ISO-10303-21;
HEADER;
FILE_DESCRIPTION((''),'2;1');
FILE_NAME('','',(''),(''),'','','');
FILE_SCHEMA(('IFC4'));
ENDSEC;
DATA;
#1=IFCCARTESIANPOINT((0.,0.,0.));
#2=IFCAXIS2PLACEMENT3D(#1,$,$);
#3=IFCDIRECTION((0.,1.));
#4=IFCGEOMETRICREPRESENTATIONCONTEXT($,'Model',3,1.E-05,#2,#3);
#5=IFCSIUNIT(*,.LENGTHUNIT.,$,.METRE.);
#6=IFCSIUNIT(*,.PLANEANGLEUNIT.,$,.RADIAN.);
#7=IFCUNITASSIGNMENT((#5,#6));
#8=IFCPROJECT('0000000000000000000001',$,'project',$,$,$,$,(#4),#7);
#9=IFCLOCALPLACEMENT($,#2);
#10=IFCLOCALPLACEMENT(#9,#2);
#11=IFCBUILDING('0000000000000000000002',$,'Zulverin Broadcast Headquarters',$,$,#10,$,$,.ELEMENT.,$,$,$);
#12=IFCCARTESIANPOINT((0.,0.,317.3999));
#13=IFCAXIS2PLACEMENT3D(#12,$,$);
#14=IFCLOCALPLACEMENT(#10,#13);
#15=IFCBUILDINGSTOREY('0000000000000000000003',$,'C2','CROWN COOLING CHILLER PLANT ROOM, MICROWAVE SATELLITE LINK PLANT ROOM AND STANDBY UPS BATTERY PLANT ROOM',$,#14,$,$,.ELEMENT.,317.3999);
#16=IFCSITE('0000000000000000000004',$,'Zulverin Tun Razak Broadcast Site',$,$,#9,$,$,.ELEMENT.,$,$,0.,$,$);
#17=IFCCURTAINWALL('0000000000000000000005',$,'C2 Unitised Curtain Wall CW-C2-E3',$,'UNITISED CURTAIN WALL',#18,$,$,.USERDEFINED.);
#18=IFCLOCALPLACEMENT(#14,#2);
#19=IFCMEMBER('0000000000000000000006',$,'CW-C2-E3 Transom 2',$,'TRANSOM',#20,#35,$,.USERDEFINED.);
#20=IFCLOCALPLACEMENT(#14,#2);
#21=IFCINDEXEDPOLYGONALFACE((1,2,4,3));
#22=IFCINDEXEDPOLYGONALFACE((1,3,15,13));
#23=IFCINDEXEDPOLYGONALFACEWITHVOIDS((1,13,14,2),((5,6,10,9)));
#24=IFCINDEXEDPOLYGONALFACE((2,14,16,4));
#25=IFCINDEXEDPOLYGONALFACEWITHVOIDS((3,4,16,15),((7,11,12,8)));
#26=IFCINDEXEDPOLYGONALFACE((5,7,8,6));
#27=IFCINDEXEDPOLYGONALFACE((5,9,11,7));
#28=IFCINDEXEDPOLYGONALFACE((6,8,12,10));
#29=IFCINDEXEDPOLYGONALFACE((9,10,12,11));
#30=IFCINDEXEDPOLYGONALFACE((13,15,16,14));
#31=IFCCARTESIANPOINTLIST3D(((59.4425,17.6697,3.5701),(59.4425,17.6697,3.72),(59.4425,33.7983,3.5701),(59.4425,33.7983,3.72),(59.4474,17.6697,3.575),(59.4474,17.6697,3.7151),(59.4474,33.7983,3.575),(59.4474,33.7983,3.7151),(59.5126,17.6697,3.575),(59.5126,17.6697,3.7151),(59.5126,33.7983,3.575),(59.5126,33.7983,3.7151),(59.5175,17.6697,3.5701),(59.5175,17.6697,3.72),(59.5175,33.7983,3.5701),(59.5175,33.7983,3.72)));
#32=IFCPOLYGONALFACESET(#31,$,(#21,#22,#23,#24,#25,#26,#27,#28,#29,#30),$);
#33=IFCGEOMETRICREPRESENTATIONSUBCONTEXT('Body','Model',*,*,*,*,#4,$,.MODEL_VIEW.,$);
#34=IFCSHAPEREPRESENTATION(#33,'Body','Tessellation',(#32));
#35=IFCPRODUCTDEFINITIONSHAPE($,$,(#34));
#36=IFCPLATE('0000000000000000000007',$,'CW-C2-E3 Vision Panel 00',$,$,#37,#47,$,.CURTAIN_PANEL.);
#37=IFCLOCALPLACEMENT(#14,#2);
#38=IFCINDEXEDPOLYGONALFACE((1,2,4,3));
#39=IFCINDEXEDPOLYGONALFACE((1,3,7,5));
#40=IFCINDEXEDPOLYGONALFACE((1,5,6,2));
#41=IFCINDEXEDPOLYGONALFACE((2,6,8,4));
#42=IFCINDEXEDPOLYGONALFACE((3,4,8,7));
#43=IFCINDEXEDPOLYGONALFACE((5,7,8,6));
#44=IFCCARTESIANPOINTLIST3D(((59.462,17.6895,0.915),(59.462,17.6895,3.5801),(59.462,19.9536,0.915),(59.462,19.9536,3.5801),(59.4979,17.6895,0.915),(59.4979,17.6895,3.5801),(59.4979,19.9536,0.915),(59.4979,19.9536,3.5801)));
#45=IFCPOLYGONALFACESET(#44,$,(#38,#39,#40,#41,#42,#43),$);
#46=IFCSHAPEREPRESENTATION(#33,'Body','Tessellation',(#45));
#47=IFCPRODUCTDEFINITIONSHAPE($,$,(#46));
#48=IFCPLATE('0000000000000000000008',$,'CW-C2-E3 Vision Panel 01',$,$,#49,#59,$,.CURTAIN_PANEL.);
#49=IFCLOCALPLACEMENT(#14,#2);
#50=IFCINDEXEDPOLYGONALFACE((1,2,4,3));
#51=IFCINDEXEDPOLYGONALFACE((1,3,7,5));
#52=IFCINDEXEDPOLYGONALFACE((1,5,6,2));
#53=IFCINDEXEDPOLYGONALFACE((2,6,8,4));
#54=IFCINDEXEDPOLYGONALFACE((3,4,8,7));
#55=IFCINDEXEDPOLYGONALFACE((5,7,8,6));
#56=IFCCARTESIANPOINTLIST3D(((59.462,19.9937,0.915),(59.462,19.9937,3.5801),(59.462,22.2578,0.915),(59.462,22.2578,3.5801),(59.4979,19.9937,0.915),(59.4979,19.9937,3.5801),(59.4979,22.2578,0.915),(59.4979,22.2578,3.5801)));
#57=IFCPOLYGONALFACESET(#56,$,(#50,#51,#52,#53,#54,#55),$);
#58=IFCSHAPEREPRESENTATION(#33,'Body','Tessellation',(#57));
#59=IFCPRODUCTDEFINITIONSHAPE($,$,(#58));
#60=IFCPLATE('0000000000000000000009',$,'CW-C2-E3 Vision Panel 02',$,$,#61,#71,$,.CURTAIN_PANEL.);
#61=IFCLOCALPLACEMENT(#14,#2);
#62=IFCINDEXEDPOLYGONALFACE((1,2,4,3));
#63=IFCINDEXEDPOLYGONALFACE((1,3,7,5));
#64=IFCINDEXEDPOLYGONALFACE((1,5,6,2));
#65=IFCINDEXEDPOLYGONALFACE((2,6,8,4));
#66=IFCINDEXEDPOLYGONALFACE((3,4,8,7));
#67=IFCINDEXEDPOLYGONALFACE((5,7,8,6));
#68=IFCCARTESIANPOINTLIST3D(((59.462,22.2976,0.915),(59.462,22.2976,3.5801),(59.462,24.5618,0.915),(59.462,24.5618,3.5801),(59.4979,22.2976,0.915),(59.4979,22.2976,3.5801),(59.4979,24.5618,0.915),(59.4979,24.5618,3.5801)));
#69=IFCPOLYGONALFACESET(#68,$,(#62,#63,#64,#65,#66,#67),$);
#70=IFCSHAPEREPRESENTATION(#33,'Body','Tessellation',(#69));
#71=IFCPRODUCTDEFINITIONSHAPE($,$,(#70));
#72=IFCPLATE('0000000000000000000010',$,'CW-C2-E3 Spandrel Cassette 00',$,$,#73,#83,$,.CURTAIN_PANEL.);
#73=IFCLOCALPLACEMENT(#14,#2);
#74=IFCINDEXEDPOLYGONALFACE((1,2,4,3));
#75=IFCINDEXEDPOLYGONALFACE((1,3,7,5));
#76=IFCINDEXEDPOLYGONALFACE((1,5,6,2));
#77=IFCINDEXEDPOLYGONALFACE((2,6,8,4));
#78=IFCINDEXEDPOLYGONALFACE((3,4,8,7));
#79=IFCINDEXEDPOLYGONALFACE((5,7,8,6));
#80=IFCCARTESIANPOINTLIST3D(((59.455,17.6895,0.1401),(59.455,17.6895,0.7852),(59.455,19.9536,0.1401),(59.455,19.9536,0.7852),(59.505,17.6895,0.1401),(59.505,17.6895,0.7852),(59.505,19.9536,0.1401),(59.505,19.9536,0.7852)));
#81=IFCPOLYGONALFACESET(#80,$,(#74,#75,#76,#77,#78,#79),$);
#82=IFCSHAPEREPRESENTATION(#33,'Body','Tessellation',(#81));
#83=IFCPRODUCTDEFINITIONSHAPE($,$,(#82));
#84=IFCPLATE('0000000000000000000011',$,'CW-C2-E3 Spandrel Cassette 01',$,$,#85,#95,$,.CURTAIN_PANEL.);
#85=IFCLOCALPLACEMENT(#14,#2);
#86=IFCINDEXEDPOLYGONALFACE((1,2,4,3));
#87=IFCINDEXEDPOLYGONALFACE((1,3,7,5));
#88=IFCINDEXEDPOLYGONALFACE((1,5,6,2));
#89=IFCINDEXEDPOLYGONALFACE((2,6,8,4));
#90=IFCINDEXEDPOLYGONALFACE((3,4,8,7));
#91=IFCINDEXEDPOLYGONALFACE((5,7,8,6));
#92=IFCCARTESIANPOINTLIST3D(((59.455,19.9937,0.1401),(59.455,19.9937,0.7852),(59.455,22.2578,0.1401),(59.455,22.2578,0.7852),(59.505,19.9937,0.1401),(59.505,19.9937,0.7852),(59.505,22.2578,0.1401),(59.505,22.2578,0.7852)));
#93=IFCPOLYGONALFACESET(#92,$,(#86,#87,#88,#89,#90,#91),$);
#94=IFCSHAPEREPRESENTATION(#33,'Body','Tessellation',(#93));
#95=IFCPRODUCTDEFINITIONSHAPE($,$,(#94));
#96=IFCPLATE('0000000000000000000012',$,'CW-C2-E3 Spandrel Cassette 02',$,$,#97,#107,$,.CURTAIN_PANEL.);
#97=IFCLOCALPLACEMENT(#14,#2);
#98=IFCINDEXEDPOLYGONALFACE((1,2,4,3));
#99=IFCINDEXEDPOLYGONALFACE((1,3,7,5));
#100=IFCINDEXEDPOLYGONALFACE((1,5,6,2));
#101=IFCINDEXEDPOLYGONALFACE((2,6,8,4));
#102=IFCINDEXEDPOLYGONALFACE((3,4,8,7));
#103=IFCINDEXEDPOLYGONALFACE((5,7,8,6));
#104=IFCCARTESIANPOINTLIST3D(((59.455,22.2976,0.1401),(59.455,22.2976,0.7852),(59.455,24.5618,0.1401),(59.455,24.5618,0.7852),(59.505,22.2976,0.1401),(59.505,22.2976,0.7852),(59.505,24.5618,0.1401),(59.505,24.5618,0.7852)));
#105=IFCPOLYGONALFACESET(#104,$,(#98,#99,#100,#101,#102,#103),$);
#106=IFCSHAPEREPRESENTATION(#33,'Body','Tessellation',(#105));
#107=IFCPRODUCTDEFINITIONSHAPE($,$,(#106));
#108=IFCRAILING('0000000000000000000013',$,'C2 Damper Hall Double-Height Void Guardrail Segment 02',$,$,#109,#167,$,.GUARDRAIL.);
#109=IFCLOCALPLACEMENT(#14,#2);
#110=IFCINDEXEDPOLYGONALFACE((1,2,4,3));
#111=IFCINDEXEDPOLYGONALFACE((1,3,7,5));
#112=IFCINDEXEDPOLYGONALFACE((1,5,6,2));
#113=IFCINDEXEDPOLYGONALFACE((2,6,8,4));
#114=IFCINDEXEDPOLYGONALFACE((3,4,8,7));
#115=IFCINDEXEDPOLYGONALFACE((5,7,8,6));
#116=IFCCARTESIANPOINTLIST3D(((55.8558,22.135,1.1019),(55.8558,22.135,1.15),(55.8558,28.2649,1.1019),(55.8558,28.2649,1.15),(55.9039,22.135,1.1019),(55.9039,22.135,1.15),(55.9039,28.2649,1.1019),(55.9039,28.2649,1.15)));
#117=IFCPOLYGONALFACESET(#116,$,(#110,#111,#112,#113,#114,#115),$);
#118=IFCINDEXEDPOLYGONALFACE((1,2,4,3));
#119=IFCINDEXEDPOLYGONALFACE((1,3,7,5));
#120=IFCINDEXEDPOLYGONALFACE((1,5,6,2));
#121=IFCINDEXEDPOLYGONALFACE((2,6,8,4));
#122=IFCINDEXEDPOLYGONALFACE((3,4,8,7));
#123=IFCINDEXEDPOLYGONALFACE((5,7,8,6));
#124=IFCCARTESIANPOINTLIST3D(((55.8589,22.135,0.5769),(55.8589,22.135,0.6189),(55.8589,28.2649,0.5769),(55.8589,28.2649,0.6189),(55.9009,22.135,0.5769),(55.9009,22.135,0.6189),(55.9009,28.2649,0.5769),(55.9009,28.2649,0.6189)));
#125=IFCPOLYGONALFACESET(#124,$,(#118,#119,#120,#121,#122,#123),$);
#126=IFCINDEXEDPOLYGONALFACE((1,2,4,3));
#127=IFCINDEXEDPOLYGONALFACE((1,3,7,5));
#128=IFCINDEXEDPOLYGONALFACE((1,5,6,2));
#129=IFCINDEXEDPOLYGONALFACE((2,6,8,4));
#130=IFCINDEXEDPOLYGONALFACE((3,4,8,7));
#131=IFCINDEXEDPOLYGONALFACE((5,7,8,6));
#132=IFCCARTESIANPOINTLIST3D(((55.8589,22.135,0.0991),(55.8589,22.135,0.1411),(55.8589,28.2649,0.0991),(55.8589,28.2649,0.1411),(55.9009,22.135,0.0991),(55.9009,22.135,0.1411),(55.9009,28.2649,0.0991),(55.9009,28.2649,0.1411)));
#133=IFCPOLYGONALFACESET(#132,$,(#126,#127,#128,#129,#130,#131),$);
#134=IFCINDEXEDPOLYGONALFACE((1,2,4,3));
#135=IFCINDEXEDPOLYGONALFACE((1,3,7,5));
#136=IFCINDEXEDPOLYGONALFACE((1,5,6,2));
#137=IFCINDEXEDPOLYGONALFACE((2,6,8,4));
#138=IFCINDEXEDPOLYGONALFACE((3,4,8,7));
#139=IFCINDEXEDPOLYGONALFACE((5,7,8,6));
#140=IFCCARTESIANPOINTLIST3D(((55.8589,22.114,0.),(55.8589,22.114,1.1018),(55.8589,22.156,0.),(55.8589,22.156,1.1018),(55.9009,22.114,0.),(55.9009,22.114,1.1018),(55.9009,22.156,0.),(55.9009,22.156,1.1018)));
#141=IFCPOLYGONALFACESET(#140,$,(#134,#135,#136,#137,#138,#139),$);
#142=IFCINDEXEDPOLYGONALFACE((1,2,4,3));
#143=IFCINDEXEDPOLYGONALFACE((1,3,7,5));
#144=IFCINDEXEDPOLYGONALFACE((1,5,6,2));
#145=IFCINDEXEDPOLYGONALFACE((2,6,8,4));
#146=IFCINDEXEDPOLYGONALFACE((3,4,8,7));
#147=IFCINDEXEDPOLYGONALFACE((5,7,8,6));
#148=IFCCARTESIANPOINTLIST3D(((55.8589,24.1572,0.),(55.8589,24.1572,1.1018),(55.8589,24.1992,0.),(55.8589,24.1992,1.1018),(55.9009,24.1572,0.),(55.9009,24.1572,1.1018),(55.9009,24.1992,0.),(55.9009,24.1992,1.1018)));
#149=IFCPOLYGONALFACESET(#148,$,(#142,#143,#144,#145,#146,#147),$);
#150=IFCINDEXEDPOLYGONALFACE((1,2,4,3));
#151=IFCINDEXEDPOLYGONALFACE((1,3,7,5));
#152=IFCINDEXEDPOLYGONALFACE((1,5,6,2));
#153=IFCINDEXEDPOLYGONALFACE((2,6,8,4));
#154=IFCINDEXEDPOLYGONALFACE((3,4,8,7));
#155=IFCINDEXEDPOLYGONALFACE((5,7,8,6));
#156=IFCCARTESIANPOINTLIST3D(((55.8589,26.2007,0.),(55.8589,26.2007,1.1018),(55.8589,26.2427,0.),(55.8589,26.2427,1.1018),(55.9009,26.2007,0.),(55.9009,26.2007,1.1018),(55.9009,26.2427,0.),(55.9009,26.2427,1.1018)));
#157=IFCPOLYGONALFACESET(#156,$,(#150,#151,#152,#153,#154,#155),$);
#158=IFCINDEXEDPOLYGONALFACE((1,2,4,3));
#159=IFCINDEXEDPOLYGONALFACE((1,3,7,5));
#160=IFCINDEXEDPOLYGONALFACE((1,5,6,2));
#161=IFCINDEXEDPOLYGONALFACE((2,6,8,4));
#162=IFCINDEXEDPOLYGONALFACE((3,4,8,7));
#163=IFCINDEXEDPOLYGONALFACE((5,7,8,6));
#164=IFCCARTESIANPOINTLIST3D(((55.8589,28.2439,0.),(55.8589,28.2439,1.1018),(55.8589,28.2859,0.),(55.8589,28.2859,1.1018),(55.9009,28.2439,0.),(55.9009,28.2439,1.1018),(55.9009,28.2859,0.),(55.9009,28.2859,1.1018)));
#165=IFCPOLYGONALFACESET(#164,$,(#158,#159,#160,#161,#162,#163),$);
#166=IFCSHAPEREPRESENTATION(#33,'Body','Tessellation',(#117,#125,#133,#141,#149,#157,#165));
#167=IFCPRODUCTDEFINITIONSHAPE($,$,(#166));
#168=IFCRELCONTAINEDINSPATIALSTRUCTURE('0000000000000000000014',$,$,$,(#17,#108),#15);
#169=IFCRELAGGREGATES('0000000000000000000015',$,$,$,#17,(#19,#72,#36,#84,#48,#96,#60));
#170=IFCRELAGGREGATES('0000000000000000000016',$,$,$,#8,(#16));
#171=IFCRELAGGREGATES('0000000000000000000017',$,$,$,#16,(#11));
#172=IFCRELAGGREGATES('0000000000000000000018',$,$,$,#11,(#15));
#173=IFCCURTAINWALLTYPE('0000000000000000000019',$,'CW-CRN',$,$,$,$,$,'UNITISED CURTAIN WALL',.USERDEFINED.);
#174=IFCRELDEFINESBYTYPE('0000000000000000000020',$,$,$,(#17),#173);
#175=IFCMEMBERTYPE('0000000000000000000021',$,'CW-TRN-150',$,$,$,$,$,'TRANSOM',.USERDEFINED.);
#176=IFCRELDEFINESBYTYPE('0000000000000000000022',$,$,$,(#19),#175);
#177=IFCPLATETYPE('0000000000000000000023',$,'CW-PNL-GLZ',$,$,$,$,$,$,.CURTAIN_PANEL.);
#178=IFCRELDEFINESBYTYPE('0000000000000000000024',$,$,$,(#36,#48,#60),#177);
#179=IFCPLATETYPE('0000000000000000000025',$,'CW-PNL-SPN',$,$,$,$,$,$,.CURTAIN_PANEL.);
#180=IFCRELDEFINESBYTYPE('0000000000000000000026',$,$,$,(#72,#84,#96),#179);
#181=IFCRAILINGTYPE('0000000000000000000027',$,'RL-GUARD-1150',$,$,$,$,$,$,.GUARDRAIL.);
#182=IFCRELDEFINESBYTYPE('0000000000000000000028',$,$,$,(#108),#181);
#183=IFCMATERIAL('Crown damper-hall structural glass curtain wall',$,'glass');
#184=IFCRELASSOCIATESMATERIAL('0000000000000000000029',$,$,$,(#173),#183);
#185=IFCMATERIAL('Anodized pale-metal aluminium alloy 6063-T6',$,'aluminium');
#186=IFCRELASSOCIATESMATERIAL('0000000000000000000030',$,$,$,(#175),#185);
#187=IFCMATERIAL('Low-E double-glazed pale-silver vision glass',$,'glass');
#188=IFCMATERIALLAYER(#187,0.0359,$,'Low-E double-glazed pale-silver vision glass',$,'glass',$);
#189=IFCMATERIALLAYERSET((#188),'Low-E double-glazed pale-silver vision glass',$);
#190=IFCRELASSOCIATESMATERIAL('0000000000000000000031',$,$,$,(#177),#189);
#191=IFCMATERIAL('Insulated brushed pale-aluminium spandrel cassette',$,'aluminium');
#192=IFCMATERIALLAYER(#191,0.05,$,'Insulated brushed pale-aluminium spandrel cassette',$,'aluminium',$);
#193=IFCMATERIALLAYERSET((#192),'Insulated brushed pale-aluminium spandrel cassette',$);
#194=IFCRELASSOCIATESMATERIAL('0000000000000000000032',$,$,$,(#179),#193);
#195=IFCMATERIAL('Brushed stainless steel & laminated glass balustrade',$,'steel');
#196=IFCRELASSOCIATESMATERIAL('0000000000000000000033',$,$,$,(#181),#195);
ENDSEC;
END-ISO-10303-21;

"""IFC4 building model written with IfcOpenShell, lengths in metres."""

from ifc_helpers import new_model, si_unit, direction, frame, origin, origin_2d, place, context, subcontext, project, spatial, rectangle, hollow_rectangle, extrude, material, layer, layer_set, material_profile, profile_set, type_object, element, aggregate, save


model = new_model("IFC4")

# Units and contexts
model_context = context("Model", 3, precision=1e-05, world=origin(), true_north=direction((0.0, 1.0)))
body_context = subcontext(model_context, "Body", "Model", "MODEL_VIEW")
ifc_project = project(units=[si_unit("LENGTHUNIT", "METRE"), si_unit("PLANEANGLEUNIT", "RADIAN")], contexts=[model_context])

# Site, building, storey
site_placement = place(None, origin())
site = spatial("IfcSite", under=ifc_project, at=site_placement, Name="Zulverin Tun Razak Broadcast Site", CompositionType="ELEMENT", RefElevation=0.0)
building_placement = place(site_placement, origin())
building = spatial("IfcBuilding", under=site, at=building_placement, Name="Zulverin Broadcast Headquarters", CompositionType="ELEMENT")
storey_placement = place(building_placement, frame((0.0, 0.0, 317.3999)))
storey = spatial("IfcBuildingStorey", under=building, at=storey_placement, Name="C2", Description="CROWN COOLING CHILLER PLANT ROOM, MICROWAVE SATELLITE LINK PLANT ROOM AND STANDBY UPS BATTERY PLANT ROOM", CompositionType="ELEMENT", Elevation=317.3999)

# Curtain wall, member, plates
ifc_material_1 = material(Name="Crown damper-hall structural glass curtain wall", Category="glass")
curtain_wall_type = type_object("IfcCurtainWallType", Name="CW-CRN", ElementType="UNITISED CURTAIN WALL", PredefinedType="USERDEFINED", material=ifc_material_1)
curtain_wall_placement = place(storey_placement, origin())
curtain_wall = element("IfcCurtainWall", 1, at=curtain_wall_placement, inside=storey, type_object=curtain_wall_type, Name="C2 Unitised Curtain Wall CW-C2-E3", ObjectType="UNITISED CURTAIN WALL", PredefinedType="USERDEFINED")
ifc_material_2 = material(Name="Anodized pale-metal aluminium alloy 6063-T6", Category="aluminium")
ifc_material_profile_1 = material_profile(ifc_material_2, hollow_rectangle(XDim=0.075, YDim=0.1499, WallThickness=0.0049, at=origin_2d()), Name="Anodized pale-metal aluminium alloy 6063-T6", Category="aluminium")
ifc_profile_set_1 = profile_set([ifc_material_profile_1], Name="Anodized pale-metal aluminium alloy 6063-T6")
member_type_1 = type_object("IfcMemberType", Name="CW-TRN-150", ElementType="TRANSOM", PredefinedType="USERDEFINED", material=ifc_profile_set_1)
member_1_placement = place(storey_placement, frame((59.48, 17.6697, 3.645), z_axis=(0.0, 1.0, 0.0), x_axis=(-1.0, 0.0, 0.0)))
member_1 = element("IfcMember", 2, at=member_1_placement, type_object=member_type_1, Name="CW-C2-E3 Transom 2", ObjectType="TRANSOM", PredefinedType="USERDEFINED", context=body_context, shape_type="SweptSolid", body=[
    extrude(hollow_rectangle(XDim=0.075, YDim=0.1499, WallThickness=0.0049, at=origin_2d()), origin(), (0.0, 0.0, 1.0), 16.1287),
])
ifc_material_3 = material(Name="Low-E double-glazed pale-silver vision glass", Category="glass")
ifc_layer_1 = layer(ifc_material_3, 0.0359, Name="Low-E double-glazed pale-silver vision glass", Category="glass")
ifc_layer_set_1 = layer_set([ifc_layer_1], Name="Low-E double-glazed pale-silver vision glass")
plate_type_1 = type_object("IfcPlateType", Name="CW-PNL-GLZ", PredefinedType="CURTAIN_PANEL", material=ifc_layer_set_1)
plate_1_placement = place(storey_placement, frame((59.48, 18.8215, 0.915), z_axis=(0.0, 0.0, 1.0), x_axis=(0.0, 1.0, 0.0)))
plate_1 = element("IfcPlate", 3, at=plate_1_placement, type_object=plate_type_1, Name="CW-C2-E3 Vision Panel 00", PredefinedType="CURTAIN_PANEL", context=body_context, shape_type="SweptSolid", body=[
    extrude(rectangle(XDim=2.2642, YDim=0.0359, at=origin_2d()), origin(), (0.0, 0.0, 1.0), 2.665),
])
plate_2_placement = place(storey_placement, frame((59.48, 21.1257, 0.915), z_axis=(0.0, 0.0, 1.0), x_axis=(0.0, 1.0, 0.0)))
plate_2 = element("IfcPlate", 4, at=plate_2_placement, type_object=plate_type_1, Name="CW-C2-E3 Vision Panel 01", PredefinedType="CURTAIN_PANEL", context=body_context, shape_type="SweptSolid", body=[
    extrude(rectangle(XDim=2.2642, YDim=0.0359, at=origin_2d()), origin(), (0.0, 0.0, 1.0), 2.665),
])
plate_3_placement = place(storey_placement, frame((59.48, 23.4297, 0.915), z_axis=(0.0, 0.0, 1.0), x_axis=(0.0, 1.0, 0.0)))
plate_3 = element("IfcPlate", 5, at=plate_3_placement, type_object=plate_type_1, Name="CW-C2-E3 Vision Panel 02", PredefinedType="CURTAIN_PANEL", context=body_context, shape_type="SweptSolid", body=[
    extrude(rectangle(XDim=2.2642, YDim=0.0359, at=origin_2d()), origin(), (0.0, 0.0, 1.0), 2.665),
])
ifc_material_4 = material(Name="Insulated brushed pale-aluminium spandrel cassette", Category="aluminium")
ifc_layer_2 = layer(ifc_material_4, 0.05, Name="Insulated brushed pale-aluminium spandrel cassette", Category="aluminium")
ifc_layer_set_2 = layer_set([ifc_layer_2], Name="Insulated brushed pale-aluminium spandrel cassette")
plate_type_2 = type_object("IfcPlateType", Name="CW-PNL-SPN", PredefinedType="CURTAIN_PANEL", material=ifc_layer_set_2)
plate_4_placement = place(storey_placement, frame((59.48, 18.8215, 0.1401), z_axis=(0.0, 0.0, 1.0), x_axis=(0.0, 1.0, 0.0)))
plate_4 = element("IfcPlate", 6, at=plate_4_placement, type_object=plate_type_2, Name="CW-C2-E3 Spandrel Cassette 00", PredefinedType="CURTAIN_PANEL", context=body_context, shape_type="SweptSolid", body=[
    extrude(rectangle(XDim=2.2642, YDim=0.05, at=origin_2d()), origin(), (0.0, 0.0, 1.0), 0.645),
])
plate_5_placement = place(storey_placement, frame((59.48, 21.1257, 0.1401), z_axis=(0.0, 0.0, 1.0), x_axis=(0.0, 1.0, 0.0)))
plate_5 = element("IfcPlate", 7, at=plate_5_placement, type_object=plate_type_2, Name="CW-C2-E3 Spandrel Cassette 01", PredefinedType="CURTAIN_PANEL", context=body_context, shape_type="SweptSolid", body=[
    extrude(rectangle(XDim=2.2642, YDim=0.05, at=origin_2d()), origin(), (0.0, 0.0, 1.0), 0.645),
])
plate_6_placement = place(storey_placement, frame((59.48, 23.4297, 0.1401), z_axis=(0.0, 0.0, 1.0), x_axis=(0.0, 1.0, 0.0)))
plate_6 = element("IfcPlate", 8, at=plate_6_placement, type_object=plate_type_2, Name="CW-C2-E3 Spandrel Cassette 02", PredefinedType="CURTAIN_PANEL", context=body_context, shape_type="SweptSolid", body=[
    extrude(rectangle(XDim=2.2642, YDim=0.05, at=origin_2d()), origin(), (0.0, 0.0, 1.0), 0.645),
])
aggregate(curtain_wall, [member_1, plate_4, plate_1, plate_5, plate_2, plate_6, plate_3])

# Railing
ifc_material_5 = material(Name="Brushed stainless steel & laminated glass balustrade", Category="steel")
railing_type = type_object("IfcRailingType", Name="RL-GUARD-1150", PredefinedType="GUARDRAIL", material=ifc_material_5)
railing_placement = place(storey_placement, frame((55.8799, 22.135, 0.0)))
element("IfcRailing", 9, at=railing_placement, inside=storey, type_object=railing_type, Name="C2 Damper Hall Double-Height Void Guardrail Segment 02", PredefinedType="GUARDRAIL", context=body_context, shape_type="SweptSolid", body=[
    extrude(rectangle(XDim=0.0481, YDim=0.0481, at=origin_2d()), frame((0.0, 0.0, 1.126), z_axis=(0.0, 1.0, 0.0), x_axis=(-1.0, 0.0, 0.0)), (0.0, 0.0, 1.0), 6.1299),
    extrude(rectangle(XDim=0.042, YDim=0.042, at=origin_2d()), frame((0.0, 0.0, 0.5979), z_axis=(0.0, 1.0, 0.0), x_axis=(-1.0, 0.0, 0.0)), (0.0, 0.0, 1.0), 6.1299),
    extrude(rectangle(XDim=0.042, YDim=0.042, at=origin_2d()), frame((0.0, 0.0, 0.1201), z_axis=(0.0, 1.0, 0.0), x_axis=(-1.0, 0.0, 0.0)), (0.0, 0.0, 1.0), 6.1299),
    extrude(rectangle(XDim=0.042, YDim=0.042, at=origin_2d()), origin(), (0.0, 0.0, 1.0), 1.1018),
    extrude(rectangle(XDim=0.042, YDim=0.042, at=origin_2d()), frame((0.0, 2.0432, 0.0)), (0.0, 0.0, 1.0), 1.1018),
    extrude(rectangle(XDim=0.042, YDim=0.042, at=origin_2d()), frame((0.0, 4.0867, 0.0)), (0.0, 0.0, 1.0), 1.1018),
    extrude(rectangle(XDim=0.042, YDim=0.042, at=origin_2d()), frame((0.0, 6.1299, 0.0)), (0.0, 0.0, 1.0), 1.1018),
])

save(model, "model.ifc")
